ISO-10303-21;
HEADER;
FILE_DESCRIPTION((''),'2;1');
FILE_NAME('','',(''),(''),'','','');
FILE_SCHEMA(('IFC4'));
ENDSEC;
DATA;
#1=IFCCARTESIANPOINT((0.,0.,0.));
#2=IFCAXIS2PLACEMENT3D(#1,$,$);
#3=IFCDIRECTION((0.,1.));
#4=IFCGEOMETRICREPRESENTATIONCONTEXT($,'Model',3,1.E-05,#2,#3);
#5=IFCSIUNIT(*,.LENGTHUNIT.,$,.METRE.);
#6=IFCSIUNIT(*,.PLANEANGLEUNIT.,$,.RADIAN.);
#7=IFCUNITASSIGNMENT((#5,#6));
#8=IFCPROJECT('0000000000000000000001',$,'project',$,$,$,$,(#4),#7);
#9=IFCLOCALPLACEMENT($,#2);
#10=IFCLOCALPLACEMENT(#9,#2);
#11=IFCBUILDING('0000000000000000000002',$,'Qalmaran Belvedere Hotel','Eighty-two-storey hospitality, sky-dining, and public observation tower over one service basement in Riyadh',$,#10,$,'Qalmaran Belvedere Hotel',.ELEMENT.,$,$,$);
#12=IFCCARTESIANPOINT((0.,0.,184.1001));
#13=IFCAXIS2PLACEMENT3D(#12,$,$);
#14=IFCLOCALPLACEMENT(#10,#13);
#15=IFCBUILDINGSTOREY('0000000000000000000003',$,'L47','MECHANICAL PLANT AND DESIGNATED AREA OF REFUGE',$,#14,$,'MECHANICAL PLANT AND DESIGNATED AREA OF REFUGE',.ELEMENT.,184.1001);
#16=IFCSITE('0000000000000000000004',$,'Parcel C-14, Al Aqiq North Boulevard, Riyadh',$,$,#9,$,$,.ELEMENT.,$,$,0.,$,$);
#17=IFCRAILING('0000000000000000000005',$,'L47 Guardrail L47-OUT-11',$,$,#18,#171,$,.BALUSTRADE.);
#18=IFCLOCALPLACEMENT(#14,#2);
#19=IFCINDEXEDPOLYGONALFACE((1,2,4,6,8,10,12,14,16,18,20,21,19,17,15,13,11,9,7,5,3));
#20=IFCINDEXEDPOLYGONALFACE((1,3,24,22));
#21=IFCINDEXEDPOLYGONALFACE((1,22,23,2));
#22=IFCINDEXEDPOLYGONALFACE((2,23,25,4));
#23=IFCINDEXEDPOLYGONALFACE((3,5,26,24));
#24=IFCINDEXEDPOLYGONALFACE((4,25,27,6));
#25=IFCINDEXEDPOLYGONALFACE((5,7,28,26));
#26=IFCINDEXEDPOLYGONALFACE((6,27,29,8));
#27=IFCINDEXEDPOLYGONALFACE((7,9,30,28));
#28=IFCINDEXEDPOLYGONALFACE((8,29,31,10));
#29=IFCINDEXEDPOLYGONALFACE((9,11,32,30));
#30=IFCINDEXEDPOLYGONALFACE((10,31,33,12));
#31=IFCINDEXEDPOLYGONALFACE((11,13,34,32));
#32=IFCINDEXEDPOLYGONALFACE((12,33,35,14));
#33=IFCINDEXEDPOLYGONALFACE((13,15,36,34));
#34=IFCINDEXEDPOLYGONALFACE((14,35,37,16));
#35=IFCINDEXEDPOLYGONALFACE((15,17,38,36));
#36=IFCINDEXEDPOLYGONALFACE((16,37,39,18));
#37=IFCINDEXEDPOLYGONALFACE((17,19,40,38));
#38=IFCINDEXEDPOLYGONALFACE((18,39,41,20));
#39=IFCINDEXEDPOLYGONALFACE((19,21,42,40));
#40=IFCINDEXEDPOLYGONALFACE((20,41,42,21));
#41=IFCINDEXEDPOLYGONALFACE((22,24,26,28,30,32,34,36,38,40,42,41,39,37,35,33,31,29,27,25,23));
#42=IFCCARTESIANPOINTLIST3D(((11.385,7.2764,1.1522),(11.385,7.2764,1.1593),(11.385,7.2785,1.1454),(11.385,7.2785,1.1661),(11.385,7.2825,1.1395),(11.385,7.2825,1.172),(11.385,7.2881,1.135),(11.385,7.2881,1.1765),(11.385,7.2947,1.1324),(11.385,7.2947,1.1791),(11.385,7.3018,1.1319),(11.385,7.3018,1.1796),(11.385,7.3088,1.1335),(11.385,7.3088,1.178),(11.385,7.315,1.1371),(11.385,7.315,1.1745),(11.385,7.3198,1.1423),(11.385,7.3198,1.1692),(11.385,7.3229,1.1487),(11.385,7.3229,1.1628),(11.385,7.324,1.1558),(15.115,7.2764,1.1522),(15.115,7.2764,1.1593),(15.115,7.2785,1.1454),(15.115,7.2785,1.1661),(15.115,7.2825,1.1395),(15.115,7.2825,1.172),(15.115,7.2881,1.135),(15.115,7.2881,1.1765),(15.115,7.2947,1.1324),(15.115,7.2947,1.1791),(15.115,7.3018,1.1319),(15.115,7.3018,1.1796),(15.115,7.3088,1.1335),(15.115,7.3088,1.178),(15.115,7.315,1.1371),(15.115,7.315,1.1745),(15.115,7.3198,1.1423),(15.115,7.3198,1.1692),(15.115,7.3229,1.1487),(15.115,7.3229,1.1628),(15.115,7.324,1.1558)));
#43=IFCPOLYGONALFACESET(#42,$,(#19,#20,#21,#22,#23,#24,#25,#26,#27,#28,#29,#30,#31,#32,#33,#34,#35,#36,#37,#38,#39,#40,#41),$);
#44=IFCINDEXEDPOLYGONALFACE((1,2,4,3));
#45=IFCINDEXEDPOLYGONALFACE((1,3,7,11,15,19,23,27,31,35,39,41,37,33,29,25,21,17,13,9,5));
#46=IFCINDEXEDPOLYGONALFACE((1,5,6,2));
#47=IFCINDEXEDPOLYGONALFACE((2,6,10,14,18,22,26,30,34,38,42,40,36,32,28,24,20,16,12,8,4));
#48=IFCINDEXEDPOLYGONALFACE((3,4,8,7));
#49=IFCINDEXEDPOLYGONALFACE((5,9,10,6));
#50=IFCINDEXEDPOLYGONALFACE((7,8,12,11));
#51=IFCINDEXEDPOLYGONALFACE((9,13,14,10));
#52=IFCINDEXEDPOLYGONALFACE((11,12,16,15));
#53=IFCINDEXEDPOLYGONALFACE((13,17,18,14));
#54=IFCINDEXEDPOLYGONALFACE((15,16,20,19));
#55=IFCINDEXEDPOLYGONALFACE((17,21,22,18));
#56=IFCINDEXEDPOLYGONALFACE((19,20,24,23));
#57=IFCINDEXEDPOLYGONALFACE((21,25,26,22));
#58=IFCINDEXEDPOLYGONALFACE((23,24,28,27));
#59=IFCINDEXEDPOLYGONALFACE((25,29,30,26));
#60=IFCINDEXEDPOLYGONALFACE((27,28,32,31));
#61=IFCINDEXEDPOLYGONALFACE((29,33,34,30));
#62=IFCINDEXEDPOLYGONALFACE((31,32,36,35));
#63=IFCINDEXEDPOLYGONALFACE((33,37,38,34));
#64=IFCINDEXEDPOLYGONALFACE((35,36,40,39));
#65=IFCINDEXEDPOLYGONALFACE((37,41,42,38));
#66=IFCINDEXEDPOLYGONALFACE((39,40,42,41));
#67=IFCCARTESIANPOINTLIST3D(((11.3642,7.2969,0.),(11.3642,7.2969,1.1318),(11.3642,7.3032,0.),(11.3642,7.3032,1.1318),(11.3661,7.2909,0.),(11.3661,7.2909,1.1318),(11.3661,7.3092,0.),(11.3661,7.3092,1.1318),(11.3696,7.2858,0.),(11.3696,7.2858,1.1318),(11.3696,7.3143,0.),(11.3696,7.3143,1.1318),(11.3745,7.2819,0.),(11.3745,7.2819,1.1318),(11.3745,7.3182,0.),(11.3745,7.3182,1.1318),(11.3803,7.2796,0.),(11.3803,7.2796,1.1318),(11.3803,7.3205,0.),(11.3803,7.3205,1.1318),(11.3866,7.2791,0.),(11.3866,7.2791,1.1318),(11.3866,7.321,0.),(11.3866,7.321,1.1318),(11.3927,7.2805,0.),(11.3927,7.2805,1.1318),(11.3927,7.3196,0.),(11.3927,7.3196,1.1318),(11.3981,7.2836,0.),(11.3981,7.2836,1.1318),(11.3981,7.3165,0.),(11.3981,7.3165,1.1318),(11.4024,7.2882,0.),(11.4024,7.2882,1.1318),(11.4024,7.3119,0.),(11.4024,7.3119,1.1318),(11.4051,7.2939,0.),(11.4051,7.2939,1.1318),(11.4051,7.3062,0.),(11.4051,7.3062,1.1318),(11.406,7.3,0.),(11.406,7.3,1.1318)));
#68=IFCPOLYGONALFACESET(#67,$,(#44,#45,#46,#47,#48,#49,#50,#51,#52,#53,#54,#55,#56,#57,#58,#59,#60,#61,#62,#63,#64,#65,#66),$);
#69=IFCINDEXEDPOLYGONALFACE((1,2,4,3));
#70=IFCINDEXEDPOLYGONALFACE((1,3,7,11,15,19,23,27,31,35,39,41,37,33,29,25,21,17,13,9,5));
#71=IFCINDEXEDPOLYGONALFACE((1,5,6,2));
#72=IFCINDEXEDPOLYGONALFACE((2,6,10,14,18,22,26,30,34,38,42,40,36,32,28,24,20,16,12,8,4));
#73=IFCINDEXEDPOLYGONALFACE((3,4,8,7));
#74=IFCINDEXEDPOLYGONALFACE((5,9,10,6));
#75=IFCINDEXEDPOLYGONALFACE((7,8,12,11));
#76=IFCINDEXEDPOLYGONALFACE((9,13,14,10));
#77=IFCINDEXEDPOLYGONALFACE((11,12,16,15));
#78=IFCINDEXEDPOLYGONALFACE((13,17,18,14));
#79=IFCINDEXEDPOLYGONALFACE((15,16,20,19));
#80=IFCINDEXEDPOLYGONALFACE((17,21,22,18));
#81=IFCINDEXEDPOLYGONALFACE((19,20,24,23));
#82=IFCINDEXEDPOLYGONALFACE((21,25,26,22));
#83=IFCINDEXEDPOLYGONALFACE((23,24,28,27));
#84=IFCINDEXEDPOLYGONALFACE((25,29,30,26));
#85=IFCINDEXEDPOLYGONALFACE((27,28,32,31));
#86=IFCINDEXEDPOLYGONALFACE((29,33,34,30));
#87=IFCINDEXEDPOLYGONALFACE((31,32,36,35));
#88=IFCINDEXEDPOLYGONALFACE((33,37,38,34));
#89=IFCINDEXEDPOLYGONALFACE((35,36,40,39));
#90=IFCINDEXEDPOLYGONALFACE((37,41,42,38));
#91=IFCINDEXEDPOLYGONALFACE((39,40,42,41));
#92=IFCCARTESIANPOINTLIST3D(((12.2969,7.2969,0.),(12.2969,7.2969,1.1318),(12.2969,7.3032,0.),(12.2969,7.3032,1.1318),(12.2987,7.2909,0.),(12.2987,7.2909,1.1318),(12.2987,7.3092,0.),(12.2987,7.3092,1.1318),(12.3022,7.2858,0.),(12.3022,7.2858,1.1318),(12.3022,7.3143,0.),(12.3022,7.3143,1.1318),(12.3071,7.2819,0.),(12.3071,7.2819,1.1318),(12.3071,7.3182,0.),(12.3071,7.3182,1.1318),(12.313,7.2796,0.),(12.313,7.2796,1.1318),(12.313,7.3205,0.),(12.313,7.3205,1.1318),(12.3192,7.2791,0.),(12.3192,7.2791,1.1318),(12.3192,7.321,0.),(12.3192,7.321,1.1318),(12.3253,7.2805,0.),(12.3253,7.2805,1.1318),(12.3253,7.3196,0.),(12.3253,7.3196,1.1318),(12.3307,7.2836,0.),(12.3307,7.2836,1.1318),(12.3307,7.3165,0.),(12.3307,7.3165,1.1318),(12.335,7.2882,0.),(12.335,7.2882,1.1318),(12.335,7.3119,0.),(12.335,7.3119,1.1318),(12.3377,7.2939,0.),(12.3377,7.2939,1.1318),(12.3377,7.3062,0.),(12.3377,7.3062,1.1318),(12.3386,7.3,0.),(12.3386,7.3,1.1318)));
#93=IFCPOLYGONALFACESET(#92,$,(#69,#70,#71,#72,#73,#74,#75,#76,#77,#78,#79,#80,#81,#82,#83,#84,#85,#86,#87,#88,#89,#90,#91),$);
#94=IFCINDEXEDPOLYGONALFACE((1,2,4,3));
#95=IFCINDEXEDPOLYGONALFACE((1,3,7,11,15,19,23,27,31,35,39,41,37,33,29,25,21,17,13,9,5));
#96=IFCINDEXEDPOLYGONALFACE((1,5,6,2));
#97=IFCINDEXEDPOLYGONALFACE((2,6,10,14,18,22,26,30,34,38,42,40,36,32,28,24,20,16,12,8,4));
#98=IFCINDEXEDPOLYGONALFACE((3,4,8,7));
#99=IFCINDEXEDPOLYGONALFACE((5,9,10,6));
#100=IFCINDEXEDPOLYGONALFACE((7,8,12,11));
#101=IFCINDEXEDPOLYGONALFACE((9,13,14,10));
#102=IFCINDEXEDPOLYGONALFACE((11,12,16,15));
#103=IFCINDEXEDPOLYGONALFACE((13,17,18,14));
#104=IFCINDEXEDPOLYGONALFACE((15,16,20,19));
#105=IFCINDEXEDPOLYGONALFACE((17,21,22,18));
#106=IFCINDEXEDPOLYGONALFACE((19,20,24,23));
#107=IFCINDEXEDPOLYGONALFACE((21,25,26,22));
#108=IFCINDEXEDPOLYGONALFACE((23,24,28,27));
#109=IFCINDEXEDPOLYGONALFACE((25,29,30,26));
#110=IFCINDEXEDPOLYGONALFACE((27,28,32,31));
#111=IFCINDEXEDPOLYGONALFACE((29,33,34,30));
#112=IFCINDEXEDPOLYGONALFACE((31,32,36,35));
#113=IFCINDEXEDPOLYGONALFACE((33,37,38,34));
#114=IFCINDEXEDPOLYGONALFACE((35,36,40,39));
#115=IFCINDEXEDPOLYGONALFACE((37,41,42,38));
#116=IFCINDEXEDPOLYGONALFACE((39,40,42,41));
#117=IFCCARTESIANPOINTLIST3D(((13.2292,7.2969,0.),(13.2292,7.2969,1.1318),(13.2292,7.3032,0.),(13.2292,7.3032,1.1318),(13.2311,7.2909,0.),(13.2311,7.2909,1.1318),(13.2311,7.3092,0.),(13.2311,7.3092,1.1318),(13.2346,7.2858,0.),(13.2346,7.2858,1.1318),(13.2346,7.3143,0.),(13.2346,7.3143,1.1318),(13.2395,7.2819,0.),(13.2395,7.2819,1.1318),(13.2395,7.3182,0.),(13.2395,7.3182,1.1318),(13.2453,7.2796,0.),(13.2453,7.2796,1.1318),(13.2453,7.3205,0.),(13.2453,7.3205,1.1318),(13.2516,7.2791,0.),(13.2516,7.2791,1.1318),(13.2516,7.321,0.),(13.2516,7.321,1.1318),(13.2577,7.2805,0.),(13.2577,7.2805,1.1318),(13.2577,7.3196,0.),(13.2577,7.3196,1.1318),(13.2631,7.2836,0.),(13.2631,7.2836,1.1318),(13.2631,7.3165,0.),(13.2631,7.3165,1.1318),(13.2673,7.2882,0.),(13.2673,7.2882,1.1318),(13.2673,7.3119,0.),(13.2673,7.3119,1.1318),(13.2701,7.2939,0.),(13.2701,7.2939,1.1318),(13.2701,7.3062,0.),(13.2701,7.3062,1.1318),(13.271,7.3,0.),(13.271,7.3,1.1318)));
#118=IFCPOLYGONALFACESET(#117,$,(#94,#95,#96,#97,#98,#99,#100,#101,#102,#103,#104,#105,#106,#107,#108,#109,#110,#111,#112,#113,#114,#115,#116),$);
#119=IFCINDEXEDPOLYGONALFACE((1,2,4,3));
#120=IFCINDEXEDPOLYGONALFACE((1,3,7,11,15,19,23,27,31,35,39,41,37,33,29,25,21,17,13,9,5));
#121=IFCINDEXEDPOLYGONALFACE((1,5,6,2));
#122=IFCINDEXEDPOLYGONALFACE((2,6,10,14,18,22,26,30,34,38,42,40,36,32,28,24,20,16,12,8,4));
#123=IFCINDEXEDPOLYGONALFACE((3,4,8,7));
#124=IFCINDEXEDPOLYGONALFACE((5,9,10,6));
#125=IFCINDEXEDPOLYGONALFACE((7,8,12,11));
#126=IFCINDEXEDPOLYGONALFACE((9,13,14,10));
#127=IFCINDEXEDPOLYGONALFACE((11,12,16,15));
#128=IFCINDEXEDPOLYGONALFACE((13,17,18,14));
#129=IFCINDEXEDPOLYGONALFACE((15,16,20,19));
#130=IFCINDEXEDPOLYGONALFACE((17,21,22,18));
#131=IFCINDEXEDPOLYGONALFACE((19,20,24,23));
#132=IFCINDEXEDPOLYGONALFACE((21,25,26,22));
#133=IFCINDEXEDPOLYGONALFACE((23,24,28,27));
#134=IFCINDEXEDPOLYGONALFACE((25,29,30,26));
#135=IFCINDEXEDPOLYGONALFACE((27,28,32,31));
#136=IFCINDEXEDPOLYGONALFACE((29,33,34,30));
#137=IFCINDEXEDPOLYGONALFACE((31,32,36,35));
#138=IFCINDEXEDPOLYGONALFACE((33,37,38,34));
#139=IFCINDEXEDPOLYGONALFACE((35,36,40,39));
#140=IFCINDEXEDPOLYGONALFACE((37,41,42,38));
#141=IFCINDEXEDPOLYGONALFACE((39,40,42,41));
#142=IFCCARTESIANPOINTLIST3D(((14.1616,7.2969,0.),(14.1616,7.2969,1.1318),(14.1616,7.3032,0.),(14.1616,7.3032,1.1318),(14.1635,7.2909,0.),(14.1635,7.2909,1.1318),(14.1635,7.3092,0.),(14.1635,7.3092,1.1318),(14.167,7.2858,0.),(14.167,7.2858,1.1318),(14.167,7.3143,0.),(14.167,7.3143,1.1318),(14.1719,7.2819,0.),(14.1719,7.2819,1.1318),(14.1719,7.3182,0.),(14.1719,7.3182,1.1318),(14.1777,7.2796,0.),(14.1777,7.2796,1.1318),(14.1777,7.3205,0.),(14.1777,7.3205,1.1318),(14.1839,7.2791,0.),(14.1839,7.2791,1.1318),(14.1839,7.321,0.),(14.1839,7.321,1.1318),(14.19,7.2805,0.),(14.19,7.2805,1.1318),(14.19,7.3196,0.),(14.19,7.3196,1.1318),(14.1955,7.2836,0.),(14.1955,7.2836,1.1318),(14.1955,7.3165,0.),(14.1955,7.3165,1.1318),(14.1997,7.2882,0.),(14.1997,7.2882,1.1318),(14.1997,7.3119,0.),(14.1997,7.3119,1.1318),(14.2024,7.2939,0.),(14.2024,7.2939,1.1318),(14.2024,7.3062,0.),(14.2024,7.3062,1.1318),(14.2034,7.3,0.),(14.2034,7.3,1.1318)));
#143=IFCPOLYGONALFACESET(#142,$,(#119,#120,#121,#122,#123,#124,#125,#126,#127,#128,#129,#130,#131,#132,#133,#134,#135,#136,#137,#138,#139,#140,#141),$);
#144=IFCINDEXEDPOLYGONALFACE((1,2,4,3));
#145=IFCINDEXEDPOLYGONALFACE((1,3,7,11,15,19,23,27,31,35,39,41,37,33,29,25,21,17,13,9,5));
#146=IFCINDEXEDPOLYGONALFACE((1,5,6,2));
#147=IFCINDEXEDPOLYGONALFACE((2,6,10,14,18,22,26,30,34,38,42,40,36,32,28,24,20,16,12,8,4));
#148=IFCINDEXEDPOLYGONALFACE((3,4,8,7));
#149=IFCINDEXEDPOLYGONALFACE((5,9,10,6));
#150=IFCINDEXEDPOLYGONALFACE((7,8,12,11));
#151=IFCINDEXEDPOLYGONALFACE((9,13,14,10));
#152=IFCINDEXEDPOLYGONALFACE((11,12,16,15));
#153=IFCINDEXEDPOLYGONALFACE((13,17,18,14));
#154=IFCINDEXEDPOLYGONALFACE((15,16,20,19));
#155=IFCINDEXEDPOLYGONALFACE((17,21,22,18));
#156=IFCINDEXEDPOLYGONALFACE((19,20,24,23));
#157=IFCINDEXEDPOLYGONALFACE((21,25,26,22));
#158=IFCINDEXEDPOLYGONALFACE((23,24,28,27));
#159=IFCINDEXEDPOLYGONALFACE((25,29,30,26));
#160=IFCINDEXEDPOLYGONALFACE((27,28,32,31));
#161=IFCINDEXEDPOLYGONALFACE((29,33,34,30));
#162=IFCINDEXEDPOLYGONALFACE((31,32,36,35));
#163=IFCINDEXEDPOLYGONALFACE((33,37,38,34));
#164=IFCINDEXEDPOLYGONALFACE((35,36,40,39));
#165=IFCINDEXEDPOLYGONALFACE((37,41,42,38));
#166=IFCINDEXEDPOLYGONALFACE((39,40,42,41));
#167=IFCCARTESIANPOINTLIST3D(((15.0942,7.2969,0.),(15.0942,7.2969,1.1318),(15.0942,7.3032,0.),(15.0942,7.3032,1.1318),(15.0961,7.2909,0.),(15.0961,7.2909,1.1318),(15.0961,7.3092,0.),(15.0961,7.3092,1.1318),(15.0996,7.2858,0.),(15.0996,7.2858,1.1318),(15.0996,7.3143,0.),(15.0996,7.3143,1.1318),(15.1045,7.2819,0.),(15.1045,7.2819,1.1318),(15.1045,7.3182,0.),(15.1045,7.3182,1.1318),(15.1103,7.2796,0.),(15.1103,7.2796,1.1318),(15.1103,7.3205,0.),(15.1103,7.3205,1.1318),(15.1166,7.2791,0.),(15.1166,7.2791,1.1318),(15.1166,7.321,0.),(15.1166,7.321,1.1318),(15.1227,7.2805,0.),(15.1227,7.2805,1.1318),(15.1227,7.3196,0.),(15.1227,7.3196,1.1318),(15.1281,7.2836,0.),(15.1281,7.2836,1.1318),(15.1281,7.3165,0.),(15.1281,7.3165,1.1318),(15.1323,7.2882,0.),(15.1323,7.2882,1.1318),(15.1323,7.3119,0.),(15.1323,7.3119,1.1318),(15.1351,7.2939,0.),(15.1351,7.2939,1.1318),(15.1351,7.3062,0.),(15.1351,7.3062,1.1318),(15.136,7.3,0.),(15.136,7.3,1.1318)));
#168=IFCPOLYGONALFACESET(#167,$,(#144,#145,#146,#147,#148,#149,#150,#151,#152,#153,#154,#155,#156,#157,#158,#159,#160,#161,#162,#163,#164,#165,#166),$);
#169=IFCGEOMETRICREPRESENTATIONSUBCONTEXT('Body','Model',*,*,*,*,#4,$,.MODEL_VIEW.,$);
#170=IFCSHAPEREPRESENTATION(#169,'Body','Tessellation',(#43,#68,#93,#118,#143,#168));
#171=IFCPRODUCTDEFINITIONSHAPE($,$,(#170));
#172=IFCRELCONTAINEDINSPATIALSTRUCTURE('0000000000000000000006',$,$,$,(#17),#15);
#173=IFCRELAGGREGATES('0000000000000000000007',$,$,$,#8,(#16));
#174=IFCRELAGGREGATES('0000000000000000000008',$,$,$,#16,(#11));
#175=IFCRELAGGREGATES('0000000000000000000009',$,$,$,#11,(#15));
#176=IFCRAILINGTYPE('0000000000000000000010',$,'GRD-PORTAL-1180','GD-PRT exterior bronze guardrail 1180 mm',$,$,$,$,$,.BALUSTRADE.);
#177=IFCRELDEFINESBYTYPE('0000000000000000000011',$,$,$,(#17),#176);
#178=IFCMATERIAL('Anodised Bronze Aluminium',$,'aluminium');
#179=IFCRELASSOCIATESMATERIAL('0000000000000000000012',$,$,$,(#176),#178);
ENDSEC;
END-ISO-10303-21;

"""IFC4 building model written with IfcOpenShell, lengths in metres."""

from ifc_helpers import new_model, si_unit, direction, frame, origin, origin_2d, place, context, subcontext, project, spatial, circle, extrude, material, type_object, element, save


model = new_model("IFC4")

# Units and contexts
model_context = context("Model", 3, precision=1e-05, world=origin(), true_north=direction((0.0, 1.0)))
body_context = subcontext(model_context, "Body", "Model", "MODEL_VIEW")
ifc_project = project(units=[si_unit("LENGTHUNIT", "METRE"), si_unit("PLANEANGLEUNIT", "RADIAN")], contexts=[model_context])

# Site, building, storey
site_placement = place(None, origin())
site = spatial("IfcSite", under=ifc_project, at=site_placement, Name="Parcel C-14, Al Aqiq North Boulevard, Riyadh", CompositionType="ELEMENT", RefElevation=0.0)
building_placement = place(site_placement, origin())
building = spatial("IfcBuilding", under=site, at=building_placement, Name="Qalmaran Belvedere Hotel", Description="Eighty-two-storey hospitality, sky-dining, and public observation tower over one service basement in Riyadh", LongName="Qalmaran Belvedere Hotel", CompositionType="ELEMENT")
storey_placement = place(building_placement, frame((0.0, 0.0, 184.1001)))
storey = spatial("IfcBuildingStorey", under=building, at=storey_placement, Name="L47", Description="MECHANICAL PLANT AND DESIGNATED AREA OF REFUGE", LongName="MECHANICAL PLANT AND DESIGNATED AREA OF REFUGE", CompositionType="ELEMENT", Elevation=184.1001)

# Railing
ifc_material_1 = material(Name="Anodised Bronze Aluminium", Category="aluminium")
railing_type = type_object("IfcRailingType", Name="GRD-PORTAL-1180", Description="GD-PRT exterior bronze guardrail 1180 mm", PredefinedType="BALUSTRADE", material=ifc_material_1)
railing_1_placement = place(storey_placement, frame((11.385, 7.3, 0.0)))
element("IfcRailing", 1, at=railing_1_placement, inside=storey, type_object=railing_type, Name="L47 Guardrail L47-OUT-11", PredefinedType="BALUSTRADE", context=body_context, shape_type="SweptSolid", body=[
    extrude(circle(Radius=0.0239, at=origin_2d()), frame((0.0, 0.0, 1.1558), z_axis=(1.0, 0.0, 0.0), x_axis=(0.0, 1.0, 0.0)), (0.0, 0.0, 1.0), 3.73),
    extrude(circle(Radius=0.021, at=origin_2d()), origin(), (0.0, 0.0, 1.0), 1.1318),
    extrude(circle(Radius=0.021, at=origin_2d()), frame((0.9326, 0.0, 0.0)), (0.0, 0.0, 1.0), 1.1318),
    extrude(circle(Radius=0.021, at=origin_2d()), frame((1.865, 0.0, 0.0)), (0.0, 0.0, 1.0), 1.1318),
    extrude(circle(Radius=0.021, at=origin_2d()), frame((2.7974, 0.0, 0.0)), (0.0, 0.0, 1.0), 1.1318),
    extrude(circle(Radius=0.021, at=origin_2d()), frame((3.73, 0.0, 0.0)), (0.0, 0.0, 1.0), 1.1318),
])

save(model, "model.ifc")
